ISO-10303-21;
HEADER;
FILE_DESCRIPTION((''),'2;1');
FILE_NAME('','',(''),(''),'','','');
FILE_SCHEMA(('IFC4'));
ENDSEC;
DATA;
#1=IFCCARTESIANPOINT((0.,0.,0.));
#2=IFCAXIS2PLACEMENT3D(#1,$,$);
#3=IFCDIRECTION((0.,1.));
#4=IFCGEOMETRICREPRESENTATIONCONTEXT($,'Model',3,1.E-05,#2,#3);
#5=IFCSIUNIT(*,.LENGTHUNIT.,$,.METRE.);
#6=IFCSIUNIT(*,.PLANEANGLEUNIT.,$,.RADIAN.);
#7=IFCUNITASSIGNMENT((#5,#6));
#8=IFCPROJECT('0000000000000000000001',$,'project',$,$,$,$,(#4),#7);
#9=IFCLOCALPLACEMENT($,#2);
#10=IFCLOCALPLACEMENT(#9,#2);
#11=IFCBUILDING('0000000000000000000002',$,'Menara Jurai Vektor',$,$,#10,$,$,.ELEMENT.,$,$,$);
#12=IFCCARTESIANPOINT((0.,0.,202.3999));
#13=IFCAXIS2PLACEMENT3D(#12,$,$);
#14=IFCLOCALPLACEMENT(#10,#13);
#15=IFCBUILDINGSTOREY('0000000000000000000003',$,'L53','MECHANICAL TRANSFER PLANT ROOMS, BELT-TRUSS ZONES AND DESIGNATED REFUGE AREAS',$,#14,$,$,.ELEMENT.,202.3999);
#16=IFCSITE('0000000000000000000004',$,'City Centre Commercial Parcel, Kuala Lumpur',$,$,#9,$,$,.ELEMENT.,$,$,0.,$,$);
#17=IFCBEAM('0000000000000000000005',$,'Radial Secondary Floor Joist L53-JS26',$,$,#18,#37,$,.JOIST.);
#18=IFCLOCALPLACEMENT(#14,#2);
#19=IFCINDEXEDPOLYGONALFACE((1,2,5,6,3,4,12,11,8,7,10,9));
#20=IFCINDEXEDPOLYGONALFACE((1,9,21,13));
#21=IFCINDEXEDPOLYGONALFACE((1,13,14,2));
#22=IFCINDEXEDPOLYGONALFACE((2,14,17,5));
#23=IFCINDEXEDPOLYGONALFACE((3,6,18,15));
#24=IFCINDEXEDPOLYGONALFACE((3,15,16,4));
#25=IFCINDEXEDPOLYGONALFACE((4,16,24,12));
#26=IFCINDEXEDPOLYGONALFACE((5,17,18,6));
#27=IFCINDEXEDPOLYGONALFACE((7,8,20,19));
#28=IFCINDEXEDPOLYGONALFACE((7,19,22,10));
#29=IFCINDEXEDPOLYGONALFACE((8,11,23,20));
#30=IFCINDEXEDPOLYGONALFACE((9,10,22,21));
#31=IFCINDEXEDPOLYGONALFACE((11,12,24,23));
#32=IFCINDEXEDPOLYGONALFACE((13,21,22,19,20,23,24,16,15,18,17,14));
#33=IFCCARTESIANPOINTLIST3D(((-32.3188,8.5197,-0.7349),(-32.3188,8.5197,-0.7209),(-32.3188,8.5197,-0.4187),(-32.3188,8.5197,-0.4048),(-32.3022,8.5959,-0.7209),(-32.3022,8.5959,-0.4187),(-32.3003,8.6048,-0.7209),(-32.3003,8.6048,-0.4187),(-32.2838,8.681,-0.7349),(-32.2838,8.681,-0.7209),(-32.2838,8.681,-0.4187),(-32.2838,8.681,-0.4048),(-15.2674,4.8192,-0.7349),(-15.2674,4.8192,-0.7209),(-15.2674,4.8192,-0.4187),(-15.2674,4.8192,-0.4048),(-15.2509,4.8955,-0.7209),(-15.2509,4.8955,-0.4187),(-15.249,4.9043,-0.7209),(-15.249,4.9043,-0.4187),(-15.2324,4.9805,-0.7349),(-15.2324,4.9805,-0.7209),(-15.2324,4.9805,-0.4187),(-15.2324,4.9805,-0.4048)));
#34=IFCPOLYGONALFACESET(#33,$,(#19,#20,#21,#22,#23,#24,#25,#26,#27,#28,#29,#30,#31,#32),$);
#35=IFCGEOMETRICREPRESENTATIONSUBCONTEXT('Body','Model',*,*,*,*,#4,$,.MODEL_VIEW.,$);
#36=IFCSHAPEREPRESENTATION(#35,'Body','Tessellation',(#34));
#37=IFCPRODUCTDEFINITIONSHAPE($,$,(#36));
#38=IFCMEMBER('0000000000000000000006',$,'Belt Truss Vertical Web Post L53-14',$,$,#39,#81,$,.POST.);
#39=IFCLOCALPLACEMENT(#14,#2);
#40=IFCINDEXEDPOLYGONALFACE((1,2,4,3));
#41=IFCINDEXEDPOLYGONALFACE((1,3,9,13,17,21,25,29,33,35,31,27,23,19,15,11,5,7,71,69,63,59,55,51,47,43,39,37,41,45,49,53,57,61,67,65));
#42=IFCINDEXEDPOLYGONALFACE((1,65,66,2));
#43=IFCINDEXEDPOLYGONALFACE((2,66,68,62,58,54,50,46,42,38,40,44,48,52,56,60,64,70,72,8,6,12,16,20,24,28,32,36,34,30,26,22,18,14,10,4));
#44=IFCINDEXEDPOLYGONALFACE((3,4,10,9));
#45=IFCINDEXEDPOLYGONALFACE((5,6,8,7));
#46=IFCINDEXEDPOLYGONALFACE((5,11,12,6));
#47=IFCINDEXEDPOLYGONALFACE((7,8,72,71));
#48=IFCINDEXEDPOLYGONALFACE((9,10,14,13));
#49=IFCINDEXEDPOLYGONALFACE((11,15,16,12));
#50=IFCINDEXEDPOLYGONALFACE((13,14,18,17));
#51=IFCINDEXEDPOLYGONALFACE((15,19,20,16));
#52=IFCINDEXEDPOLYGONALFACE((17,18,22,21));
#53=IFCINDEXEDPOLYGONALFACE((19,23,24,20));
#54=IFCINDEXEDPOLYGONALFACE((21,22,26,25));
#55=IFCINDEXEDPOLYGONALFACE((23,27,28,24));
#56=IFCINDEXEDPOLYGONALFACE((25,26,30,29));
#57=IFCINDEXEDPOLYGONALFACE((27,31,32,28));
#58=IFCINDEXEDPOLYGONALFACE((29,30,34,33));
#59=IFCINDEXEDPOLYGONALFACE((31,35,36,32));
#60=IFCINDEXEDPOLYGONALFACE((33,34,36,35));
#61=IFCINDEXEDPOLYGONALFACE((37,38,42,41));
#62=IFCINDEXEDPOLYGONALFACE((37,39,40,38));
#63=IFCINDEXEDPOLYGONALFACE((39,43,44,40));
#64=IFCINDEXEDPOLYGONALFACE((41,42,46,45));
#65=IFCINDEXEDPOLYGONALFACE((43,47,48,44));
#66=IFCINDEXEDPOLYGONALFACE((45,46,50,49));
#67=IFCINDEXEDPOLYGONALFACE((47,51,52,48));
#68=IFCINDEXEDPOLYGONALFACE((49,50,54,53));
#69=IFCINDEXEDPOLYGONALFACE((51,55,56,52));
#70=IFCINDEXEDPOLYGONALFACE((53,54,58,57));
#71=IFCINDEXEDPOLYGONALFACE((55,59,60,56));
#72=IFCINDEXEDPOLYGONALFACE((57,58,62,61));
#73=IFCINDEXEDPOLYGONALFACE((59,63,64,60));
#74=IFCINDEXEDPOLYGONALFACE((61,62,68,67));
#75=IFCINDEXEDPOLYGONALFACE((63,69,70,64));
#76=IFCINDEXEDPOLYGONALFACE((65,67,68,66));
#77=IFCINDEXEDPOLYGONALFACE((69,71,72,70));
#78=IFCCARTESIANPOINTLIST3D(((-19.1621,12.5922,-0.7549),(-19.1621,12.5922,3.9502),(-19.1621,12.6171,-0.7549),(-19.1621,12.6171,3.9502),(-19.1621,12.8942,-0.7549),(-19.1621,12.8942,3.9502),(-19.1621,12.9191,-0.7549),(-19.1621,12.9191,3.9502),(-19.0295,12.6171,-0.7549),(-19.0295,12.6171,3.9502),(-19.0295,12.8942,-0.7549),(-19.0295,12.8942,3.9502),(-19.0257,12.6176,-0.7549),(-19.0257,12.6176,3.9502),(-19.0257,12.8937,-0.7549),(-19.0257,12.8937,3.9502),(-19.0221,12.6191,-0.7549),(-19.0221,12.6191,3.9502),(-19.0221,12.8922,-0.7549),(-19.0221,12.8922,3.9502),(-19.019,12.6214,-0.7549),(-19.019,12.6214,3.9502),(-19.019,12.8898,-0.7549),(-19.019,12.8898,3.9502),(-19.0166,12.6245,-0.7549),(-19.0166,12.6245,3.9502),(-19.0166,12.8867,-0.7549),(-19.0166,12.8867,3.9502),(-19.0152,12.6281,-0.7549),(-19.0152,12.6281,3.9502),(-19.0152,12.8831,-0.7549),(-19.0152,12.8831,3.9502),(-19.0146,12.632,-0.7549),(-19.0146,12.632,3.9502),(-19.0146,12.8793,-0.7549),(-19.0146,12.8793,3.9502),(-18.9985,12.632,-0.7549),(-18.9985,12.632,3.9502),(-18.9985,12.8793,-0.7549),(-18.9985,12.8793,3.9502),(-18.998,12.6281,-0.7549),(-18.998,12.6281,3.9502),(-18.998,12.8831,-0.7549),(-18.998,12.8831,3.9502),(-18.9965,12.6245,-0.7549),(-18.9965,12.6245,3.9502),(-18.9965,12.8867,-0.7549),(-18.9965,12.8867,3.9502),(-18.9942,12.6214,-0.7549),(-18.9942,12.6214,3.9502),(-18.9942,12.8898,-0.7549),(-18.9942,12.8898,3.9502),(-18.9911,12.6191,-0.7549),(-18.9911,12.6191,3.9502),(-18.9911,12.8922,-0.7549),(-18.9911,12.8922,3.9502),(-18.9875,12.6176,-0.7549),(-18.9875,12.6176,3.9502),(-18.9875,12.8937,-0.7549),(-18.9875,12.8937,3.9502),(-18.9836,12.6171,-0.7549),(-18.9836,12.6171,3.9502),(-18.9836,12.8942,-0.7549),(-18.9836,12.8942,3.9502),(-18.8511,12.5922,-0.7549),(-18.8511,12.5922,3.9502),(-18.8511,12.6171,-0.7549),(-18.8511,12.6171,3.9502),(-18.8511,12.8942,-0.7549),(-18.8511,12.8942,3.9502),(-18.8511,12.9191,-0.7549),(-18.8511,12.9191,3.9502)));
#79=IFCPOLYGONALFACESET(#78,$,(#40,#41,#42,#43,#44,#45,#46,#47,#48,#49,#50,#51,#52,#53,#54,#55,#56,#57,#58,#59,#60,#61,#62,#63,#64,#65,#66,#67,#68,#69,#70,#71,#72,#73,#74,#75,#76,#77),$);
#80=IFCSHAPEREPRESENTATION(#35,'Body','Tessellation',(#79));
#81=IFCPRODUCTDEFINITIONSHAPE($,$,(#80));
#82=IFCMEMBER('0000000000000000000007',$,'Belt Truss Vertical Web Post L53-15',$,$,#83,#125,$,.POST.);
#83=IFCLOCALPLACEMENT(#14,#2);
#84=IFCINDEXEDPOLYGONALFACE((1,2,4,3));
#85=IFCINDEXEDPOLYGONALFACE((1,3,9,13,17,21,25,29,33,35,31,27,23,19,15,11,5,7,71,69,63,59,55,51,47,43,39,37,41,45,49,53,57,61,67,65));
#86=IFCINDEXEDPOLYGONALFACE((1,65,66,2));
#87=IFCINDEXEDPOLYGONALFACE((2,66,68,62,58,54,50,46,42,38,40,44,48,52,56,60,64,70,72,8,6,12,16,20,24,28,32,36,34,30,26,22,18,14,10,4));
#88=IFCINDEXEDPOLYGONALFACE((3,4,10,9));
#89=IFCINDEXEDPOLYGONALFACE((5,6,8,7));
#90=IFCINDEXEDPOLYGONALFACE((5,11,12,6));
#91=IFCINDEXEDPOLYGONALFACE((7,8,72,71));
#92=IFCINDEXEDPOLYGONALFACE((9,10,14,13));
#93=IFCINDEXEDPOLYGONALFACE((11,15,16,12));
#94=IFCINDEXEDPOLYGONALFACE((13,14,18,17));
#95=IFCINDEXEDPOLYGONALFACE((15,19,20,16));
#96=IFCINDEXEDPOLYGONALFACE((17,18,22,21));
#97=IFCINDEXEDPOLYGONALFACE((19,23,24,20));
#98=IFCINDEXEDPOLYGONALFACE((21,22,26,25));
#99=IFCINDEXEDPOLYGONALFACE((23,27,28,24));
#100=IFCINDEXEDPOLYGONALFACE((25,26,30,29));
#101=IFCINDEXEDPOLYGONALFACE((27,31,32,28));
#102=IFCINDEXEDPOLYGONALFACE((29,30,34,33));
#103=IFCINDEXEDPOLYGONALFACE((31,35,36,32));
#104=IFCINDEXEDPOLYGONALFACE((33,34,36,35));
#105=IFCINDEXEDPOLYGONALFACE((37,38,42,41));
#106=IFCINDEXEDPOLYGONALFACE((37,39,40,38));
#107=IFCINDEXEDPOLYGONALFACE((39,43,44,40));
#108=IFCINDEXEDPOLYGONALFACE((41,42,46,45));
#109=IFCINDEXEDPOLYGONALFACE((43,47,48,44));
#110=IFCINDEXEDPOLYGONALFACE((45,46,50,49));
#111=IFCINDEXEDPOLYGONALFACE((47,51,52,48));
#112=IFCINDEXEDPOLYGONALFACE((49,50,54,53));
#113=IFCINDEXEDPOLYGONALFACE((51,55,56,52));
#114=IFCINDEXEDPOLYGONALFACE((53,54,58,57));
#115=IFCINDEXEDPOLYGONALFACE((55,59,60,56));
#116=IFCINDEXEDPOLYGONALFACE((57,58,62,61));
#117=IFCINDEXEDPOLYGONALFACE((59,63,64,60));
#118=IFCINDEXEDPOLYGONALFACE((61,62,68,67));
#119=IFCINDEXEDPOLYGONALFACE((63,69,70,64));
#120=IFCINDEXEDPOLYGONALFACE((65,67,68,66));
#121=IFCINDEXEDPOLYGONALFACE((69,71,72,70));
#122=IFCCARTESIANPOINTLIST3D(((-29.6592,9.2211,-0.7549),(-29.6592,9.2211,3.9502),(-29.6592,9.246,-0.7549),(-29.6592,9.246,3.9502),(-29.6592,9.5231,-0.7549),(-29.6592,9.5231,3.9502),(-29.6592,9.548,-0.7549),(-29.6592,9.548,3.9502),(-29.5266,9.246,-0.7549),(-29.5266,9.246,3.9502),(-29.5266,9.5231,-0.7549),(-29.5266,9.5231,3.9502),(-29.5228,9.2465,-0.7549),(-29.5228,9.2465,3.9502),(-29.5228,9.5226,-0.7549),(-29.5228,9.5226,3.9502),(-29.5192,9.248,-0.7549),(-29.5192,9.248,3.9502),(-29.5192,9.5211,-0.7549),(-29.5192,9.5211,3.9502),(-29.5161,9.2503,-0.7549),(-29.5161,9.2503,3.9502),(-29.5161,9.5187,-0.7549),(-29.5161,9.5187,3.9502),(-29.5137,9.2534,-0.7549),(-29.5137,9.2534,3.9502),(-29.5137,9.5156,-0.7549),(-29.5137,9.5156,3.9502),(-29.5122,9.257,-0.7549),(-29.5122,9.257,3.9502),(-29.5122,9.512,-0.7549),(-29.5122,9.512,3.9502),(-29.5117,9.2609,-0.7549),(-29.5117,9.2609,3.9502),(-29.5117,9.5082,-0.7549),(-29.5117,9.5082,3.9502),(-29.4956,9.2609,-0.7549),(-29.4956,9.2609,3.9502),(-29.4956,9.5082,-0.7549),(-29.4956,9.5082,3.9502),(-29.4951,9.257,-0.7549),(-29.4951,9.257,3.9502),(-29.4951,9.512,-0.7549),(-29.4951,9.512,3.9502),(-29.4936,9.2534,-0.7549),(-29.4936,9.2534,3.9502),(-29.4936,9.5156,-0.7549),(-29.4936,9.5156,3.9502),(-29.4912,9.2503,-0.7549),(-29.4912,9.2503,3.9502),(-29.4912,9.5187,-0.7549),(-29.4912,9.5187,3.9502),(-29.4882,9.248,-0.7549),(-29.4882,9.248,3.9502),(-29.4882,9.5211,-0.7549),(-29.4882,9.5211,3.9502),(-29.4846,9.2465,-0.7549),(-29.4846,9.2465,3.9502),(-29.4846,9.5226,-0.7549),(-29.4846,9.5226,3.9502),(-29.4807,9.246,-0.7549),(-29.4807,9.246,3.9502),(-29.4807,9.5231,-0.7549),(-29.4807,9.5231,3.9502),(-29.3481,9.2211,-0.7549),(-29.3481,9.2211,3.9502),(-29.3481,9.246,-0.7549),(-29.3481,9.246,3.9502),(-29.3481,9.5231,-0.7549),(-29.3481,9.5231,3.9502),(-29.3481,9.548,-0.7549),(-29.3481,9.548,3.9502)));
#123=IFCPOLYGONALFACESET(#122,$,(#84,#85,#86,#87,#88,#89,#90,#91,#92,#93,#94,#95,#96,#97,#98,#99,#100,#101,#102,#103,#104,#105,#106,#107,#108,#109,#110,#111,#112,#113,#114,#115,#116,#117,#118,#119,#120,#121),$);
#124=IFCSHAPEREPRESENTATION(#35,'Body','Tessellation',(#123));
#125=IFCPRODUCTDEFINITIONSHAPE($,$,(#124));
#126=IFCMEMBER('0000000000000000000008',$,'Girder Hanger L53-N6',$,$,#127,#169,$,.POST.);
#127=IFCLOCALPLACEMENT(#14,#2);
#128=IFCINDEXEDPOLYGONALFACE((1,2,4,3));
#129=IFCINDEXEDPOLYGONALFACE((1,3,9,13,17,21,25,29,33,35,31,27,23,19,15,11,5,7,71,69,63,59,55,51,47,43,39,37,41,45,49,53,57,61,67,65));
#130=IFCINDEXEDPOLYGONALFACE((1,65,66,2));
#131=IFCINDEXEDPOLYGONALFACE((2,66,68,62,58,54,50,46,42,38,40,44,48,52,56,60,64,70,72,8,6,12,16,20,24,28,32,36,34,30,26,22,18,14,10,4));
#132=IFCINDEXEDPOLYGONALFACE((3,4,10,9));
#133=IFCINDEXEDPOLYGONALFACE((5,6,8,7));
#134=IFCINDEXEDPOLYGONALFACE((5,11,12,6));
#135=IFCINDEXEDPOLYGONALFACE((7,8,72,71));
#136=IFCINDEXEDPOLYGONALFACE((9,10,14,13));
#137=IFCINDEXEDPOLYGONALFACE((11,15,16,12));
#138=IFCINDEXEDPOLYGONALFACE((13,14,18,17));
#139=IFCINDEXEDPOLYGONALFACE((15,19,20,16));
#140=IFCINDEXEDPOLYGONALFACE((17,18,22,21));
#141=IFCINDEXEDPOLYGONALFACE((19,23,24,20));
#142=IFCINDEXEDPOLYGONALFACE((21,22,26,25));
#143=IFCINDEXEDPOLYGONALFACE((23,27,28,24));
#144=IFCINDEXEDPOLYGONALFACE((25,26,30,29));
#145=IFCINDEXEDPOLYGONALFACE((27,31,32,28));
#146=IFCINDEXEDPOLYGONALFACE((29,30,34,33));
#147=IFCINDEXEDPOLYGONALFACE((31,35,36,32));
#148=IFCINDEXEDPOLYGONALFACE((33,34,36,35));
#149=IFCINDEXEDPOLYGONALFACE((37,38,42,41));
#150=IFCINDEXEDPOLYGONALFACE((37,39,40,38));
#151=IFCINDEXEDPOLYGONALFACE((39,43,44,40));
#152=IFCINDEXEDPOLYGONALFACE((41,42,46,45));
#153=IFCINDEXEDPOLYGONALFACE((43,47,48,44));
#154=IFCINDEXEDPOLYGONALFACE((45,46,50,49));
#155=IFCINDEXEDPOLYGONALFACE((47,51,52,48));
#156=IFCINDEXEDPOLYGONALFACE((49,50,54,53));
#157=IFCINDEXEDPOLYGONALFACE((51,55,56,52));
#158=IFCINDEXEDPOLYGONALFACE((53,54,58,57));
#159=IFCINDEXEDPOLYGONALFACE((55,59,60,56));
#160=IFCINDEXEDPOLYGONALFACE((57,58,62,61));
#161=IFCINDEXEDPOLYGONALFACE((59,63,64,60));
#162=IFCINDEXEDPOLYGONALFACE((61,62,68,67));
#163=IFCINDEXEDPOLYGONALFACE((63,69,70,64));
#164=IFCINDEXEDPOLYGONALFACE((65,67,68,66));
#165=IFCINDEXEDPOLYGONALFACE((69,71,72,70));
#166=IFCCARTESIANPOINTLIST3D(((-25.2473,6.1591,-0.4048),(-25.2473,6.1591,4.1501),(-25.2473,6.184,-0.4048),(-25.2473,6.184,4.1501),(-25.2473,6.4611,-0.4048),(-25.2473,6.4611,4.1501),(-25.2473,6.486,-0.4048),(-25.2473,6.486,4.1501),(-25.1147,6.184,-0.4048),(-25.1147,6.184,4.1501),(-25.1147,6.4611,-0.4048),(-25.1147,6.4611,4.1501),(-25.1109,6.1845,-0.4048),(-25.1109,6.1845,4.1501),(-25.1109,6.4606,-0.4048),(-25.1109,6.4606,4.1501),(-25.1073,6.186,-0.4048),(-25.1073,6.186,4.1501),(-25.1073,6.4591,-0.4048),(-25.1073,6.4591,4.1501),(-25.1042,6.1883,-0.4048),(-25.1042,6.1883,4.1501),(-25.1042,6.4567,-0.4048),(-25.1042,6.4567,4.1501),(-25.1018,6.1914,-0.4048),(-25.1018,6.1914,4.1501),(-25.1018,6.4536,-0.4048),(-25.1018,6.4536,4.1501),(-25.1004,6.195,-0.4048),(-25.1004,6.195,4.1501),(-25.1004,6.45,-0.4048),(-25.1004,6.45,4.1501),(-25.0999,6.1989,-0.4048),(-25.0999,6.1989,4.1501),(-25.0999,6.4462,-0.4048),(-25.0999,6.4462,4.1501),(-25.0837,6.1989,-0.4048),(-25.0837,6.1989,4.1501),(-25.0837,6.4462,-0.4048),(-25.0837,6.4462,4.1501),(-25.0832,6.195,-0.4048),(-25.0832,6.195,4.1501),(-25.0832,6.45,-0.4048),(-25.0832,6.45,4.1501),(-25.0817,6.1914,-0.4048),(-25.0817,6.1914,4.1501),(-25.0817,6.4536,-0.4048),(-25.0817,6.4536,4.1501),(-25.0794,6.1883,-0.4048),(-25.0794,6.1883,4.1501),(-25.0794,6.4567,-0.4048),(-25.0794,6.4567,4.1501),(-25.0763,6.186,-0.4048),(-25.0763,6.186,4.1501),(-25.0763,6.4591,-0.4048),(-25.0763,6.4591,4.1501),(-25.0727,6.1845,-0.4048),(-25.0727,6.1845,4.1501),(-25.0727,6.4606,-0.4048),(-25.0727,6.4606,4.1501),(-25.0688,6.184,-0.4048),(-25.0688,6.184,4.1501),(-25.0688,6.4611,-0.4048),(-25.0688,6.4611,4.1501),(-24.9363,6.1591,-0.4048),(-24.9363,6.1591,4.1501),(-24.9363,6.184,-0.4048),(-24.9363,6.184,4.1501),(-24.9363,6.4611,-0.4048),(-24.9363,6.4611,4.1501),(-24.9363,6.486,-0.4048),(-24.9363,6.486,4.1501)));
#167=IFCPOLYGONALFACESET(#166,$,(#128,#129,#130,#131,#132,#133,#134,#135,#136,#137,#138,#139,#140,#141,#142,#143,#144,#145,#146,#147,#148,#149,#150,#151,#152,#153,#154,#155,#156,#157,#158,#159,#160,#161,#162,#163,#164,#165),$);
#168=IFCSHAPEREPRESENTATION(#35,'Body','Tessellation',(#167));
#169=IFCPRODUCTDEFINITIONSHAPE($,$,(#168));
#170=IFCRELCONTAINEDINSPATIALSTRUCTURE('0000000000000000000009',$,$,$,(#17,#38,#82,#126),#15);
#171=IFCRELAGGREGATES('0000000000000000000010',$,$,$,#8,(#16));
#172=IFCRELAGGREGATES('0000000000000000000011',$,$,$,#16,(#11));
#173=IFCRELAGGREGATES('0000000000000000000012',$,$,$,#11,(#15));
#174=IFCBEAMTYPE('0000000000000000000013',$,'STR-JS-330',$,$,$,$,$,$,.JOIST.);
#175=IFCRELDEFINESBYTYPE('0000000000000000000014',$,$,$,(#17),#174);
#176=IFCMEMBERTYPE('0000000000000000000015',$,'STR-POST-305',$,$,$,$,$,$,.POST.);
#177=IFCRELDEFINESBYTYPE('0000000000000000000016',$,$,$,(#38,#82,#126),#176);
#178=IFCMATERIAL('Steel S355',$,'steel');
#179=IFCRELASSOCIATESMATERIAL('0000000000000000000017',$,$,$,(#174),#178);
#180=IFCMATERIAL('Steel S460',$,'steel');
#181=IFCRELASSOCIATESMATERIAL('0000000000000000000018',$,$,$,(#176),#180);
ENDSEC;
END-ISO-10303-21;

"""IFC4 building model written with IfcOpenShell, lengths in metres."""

from ifc_helpers import new_model, si_unit, direction, frame, origin, origin_2d, place, context, subcontext, project, spatial, i_section, extrude, material, material_profile, profile_set, type_object, element, save


model = new_model("IFC4")

# Units and contexts
model_context = context("Model", 3, precision=1e-05, world=origin(), true_north=direction((0.0, 1.0)))
body_context = subcontext(model_context, "Body", "Model", "MODEL_VIEW")
ifc_project = project(units=[si_unit("LENGTHUNIT", "METRE"), si_unit("PLANEANGLEUNIT", "RADIAN")], contexts=[model_context])

# Site, building, storey
site_placement = place(None, origin())
site = spatial("IfcSite", under=ifc_project, at=site_placement, Name="City Centre Commercial Parcel, Kuala Lumpur", CompositionType="ELEMENT", RefElevation=0.0)
building_placement = place(site_placement, origin())
building = spatial("IfcBuilding", under=site, at=building_placement, Name="Menara Jurai Vektor", CompositionType="ELEMENT")
storey_placement = place(building_placement, frame((0.0, 0.0, 202.3999)))
storey = spatial("IfcBuildingStorey", under=building, at=storey_placement, Name="L53", Description="MECHANICAL TRANSFER PLANT ROOMS, BELT-TRUSS ZONES AND DESIGNATED REFUGE AREAS", CompositionType="ELEMENT", Elevation=202.3999)

# Shared definitions
ifc_material_1 = material(Name="Steel S460", Category="steel")

# Shared definitions
ifc_material_2 = material(Name="Steel S355", Category="steel")

# Beam
ifc_material_profile_1 = material_profile(ifc_material_2, i_section(OverallWidth=0.165, OverallDepth=0.3301, WebThickness=0.009, FlangeThickness=0.0139, at=origin_2d()), Name="PG 330x165x46")
ifc_profile_set_1 = profile_set([ifc_material_profile_1], Name="Steel S355")
beam_type_1 = type_object("IfcBeamType", Name="STR-JS-330", PredefinedType="JOIST", material=ifc_profile_set_1)
beam_1_placement = place(storey_placement, frame((-32.3013, 8.6003, -0.5698), z_axis=(0.977252, -0.212082, 0.0), x_axis=(0.212082, 0.977252, 0.0)))
element("IfcBeam", 1, at=beam_1_placement, inside=storey, type_object=beam_type_1, Name="Radial Secondary Floor Joist L53-JS26", PredefinedType="JOIST", context=body_context, shape_type="SweptSolid", body=[
    extrude(i_section(OverallWidth=0.165, OverallDepth=0.3301, WebThickness=0.009, FlangeThickness=0.0139, at=origin_2d()), origin(), (0.0, 0.0, 1.0), 17.4482),
])

# Members
ifc_material_profile_2 = material_profile(ifc_material_1, i_section(OverallWidth=0.311, OverallDepth=0.3269, WebThickness=0.0161, FlangeThickness=0.0249, FilletRadius=0.0149, at=origin_2d()), Name="UKC 305x305x158")
ifc_profile_set_2 = profile_set([ifc_material_profile_2], Name="Steel S460")
member_type_1 = type_object("IfcMemberType", Name="STR-POST-305", PredefinedType="POST", material=ifc_profile_set_2)
for number, where, z_axis, x_axis, name in (
    (2, (-19.0066, 12.7556, -0.7549), (0.0, 0.0, 1.0), (1.0, 0.0, 0.0), "Belt Truss Vertical Web Post L53-14"),
    (3, (-29.5037, 9.3845, -0.7549), (0.0, 0.0, 1.0), (1.0, 0.0, 0.0), "Belt Truss Vertical Web Post L53-15"),
):
    element("IfcMember", number, at=place(storey_placement, frame(where, z_axis=z_axis, x_axis=x_axis)), inside=storey, type_object=member_type_1, Name=name, PredefinedType="POST", context=body_context, shape_type="SweptSolid", body=[
        extrude(i_section(OverallWidth=0.311, OverallDepth=0.3269, WebThickness=0.0161, FlangeThickness=0.0249, FilletRadius=0.0149, at=origin_2d()), origin(), (0.0, 0.0, 1.0), 4.7051),
    ])
for number, where, z_axis, x_axis, name in (
    (4, (-25.0918, 6.3225, -0.4048), (0.0, 0.0, 1.0), (1.0, 0.0, 0.0), "Girder Hanger L53-N6"),
):
    element("IfcMember", number, at=place(storey_placement, frame(where, z_axis=z_axis, x_axis=x_axis)), inside=storey, type_object=member_type_1, Name=name, PredefinedType="POST", context=body_context, shape_type="SweptSolid", body=[
        extrude(i_section(OverallWidth=0.311, OverallDepth=0.3269, WebThickness=0.0161, FlangeThickness=0.0249, FilletRadius=0.0149, at=origin_2d()), origin(), (0.0, 0.0, 1.0), 4.5549),
    ])

save(model, "model.ifc")
